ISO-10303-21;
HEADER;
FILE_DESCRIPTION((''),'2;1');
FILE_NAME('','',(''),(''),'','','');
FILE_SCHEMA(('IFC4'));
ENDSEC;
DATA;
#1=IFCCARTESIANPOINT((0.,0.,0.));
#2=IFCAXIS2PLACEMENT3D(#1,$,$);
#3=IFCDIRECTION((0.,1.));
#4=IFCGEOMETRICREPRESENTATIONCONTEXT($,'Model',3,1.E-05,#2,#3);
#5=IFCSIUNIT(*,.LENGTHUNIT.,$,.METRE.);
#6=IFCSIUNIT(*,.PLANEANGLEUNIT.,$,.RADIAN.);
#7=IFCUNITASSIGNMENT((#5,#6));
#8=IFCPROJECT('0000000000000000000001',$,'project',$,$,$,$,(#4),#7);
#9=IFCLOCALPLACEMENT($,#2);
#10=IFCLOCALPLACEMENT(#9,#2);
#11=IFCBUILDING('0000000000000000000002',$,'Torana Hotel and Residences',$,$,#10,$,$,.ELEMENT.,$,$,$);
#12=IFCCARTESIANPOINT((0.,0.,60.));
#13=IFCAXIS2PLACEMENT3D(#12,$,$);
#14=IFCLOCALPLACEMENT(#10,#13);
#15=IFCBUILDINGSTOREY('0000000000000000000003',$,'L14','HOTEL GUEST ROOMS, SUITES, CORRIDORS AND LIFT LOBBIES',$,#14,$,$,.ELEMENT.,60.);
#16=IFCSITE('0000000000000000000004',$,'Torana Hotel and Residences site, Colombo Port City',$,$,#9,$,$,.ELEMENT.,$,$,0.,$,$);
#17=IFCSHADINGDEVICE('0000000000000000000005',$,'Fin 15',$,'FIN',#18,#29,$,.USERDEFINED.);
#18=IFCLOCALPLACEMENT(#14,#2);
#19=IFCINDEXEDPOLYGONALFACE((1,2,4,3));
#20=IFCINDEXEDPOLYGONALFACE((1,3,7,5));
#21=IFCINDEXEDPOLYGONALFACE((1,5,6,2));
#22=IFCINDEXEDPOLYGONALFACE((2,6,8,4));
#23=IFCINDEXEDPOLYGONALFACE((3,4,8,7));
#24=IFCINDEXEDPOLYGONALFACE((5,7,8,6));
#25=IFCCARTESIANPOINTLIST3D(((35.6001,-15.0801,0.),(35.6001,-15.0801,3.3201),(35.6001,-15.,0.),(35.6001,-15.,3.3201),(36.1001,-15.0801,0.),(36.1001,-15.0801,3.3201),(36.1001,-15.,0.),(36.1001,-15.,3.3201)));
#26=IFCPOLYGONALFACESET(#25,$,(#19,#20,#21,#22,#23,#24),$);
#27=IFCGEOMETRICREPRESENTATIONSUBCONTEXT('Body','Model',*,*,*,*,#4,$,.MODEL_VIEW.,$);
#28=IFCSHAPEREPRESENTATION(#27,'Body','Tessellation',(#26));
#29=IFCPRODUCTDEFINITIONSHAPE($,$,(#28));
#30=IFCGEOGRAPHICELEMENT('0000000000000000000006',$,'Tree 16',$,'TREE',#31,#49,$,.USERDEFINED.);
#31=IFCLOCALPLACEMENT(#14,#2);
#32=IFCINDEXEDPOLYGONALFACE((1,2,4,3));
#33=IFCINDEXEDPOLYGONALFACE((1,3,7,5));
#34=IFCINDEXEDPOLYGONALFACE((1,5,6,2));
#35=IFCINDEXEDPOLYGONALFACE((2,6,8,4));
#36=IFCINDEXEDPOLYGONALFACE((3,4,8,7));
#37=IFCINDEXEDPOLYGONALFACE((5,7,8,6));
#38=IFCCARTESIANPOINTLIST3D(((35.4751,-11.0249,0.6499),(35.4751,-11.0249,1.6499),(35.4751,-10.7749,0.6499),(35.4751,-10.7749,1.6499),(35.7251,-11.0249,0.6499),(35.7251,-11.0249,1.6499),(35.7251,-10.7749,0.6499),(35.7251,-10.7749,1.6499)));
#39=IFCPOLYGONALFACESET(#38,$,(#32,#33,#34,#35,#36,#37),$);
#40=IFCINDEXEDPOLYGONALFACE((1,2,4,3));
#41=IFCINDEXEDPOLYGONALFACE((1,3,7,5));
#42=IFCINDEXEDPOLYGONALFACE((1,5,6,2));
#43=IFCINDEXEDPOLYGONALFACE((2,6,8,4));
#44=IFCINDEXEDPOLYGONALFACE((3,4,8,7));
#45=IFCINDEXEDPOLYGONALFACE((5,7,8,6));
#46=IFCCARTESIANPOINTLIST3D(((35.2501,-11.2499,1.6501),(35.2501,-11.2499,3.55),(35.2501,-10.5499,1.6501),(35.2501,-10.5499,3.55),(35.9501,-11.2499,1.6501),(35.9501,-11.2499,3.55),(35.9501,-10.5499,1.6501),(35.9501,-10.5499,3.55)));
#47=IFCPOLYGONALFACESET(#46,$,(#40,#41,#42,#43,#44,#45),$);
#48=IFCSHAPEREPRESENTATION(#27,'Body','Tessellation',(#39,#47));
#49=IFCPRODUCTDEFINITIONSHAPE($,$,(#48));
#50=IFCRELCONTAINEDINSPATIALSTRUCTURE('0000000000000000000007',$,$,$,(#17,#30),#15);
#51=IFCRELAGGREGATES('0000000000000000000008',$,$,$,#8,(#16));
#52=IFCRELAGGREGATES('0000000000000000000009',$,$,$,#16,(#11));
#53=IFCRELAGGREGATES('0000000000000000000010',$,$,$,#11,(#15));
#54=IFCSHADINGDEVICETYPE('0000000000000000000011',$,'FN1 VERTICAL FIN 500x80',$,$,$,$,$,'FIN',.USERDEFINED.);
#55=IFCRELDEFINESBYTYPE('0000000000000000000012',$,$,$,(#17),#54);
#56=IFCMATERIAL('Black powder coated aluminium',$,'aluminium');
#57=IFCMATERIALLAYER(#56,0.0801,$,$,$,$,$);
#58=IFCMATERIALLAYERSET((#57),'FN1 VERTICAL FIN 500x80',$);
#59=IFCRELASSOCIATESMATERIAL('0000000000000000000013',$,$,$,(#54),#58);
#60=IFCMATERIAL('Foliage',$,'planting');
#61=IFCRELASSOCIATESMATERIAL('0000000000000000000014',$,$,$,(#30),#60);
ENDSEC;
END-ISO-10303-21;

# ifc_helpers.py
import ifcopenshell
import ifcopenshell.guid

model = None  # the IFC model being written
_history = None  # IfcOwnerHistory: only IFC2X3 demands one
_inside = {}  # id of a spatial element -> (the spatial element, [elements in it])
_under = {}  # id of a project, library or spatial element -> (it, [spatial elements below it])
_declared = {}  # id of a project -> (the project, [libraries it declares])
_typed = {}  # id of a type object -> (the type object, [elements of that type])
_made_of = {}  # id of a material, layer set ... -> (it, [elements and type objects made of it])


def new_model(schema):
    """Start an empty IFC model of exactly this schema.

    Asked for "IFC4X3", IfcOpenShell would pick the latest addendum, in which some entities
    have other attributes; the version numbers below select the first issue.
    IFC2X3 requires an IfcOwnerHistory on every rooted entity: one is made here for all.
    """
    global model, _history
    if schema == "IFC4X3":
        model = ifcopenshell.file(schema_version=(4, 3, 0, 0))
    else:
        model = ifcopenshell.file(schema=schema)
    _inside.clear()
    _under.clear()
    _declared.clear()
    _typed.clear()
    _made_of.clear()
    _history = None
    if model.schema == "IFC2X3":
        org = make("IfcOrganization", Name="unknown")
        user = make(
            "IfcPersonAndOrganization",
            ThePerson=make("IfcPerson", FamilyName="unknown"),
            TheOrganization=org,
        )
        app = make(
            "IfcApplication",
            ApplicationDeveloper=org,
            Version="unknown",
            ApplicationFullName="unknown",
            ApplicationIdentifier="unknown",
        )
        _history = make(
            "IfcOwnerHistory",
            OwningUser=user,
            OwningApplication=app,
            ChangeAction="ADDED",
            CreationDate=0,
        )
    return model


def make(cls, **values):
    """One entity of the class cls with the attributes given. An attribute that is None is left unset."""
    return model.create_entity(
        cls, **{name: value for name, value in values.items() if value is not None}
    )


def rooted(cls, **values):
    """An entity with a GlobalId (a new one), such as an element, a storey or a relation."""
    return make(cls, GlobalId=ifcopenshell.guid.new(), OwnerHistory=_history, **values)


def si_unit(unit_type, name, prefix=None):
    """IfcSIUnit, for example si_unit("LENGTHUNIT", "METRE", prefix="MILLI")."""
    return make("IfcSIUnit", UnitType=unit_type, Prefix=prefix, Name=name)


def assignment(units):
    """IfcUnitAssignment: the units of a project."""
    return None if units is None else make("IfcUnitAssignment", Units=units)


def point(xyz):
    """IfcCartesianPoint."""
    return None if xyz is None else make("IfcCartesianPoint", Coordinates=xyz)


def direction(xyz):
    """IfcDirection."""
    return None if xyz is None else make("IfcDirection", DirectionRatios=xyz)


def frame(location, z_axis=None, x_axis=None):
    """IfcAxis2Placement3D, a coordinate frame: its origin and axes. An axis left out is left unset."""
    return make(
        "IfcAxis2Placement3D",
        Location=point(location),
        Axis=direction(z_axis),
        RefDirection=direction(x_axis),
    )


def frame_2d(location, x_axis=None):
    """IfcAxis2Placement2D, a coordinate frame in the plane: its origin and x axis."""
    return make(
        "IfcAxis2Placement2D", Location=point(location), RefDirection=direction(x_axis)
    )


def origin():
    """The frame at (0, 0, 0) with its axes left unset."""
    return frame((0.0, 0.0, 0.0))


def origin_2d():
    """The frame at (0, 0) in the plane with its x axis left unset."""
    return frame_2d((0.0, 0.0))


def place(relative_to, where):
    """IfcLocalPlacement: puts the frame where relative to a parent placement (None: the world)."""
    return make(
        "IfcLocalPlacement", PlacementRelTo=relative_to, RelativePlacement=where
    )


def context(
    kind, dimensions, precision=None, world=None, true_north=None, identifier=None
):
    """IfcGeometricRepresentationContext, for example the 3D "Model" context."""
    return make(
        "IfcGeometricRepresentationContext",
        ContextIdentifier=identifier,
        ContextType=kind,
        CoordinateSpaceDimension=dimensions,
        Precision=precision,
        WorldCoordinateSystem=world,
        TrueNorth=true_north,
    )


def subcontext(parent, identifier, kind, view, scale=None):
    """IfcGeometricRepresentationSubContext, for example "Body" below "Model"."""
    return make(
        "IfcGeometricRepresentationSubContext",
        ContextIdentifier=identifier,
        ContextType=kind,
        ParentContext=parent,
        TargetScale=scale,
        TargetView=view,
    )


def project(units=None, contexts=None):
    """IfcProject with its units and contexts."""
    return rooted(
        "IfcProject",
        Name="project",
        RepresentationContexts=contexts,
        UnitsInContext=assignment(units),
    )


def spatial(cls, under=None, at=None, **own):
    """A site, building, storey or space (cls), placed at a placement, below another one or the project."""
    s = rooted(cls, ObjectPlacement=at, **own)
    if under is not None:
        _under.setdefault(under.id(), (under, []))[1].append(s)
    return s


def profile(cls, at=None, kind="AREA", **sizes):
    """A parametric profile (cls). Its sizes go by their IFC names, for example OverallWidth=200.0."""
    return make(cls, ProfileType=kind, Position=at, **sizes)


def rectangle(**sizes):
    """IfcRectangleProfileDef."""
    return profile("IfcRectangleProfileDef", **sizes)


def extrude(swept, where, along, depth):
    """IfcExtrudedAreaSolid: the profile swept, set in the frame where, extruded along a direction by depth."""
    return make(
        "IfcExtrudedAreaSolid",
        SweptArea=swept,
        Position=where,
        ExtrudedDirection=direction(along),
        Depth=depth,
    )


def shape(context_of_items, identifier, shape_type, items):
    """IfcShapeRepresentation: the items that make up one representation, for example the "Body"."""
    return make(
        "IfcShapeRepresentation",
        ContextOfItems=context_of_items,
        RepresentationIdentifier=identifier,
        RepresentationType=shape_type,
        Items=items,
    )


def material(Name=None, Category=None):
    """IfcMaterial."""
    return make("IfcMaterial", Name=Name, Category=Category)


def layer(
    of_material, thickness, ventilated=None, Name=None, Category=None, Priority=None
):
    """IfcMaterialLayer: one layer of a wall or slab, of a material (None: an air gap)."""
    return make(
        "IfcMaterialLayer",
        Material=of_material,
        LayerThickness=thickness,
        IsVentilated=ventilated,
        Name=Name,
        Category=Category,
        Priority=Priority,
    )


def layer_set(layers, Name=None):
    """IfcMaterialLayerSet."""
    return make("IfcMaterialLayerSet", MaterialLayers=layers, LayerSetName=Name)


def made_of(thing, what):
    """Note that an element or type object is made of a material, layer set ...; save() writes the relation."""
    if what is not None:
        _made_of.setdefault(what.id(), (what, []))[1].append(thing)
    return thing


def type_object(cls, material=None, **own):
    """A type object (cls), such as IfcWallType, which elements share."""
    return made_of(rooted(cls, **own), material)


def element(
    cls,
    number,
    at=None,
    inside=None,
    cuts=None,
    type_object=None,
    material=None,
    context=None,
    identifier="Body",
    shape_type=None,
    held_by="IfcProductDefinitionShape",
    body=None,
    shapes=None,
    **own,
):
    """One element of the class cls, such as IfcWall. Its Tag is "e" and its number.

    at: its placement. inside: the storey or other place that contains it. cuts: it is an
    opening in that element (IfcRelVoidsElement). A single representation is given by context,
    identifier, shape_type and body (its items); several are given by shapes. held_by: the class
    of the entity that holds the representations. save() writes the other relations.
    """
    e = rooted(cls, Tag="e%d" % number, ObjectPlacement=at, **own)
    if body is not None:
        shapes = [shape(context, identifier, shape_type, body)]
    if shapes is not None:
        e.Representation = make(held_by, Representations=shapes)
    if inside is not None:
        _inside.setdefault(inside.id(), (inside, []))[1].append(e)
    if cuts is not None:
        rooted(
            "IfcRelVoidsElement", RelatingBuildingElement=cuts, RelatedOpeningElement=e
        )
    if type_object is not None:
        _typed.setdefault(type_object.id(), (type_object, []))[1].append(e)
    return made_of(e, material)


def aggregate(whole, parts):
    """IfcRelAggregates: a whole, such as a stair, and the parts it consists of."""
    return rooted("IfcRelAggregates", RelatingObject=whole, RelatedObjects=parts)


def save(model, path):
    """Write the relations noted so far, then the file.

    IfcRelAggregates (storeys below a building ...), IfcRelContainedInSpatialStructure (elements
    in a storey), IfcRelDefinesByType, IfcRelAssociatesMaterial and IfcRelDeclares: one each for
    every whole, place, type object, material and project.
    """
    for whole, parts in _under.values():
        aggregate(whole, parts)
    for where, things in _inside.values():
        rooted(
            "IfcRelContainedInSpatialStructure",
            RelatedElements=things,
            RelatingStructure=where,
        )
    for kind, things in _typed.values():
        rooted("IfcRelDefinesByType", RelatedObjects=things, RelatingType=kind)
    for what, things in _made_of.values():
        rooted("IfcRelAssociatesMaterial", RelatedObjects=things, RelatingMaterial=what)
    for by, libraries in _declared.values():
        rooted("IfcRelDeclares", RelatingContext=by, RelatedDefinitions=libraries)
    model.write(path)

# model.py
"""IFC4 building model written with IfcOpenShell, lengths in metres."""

from ifc_helpers import new_model, si_unit, direction, frame, origin, origin_2d, place, context, subcontext, project, spatial, rectangle, extrude, material, layer, layer_set, type_object, element, save


model = new_model("IFC4")

# Units and contexts
model_context = context("Model", 3, precision=1e-05, world=origin(), true_north=direction((0.0, 1.0)))
body_context = subcontext(model_context, "Body", "Model", "MODEL_VIEW")
ifc_project = project(units=[si_unit("LENGTHUNIT", "METRE"), si_unit("PLANEANGLEUNIT", "RADIAN")], contexts=[model_context])

# Site, building, storey
site_placement = place(None, origin())
site = spatial("IfcSite", under=ifc_project, at=site_placement, Name="Torana Hotel and Residences site, Colombo Port City", CompositionType="ELEMENT", RefElevation=0.0)
building_placement = place(site_placement, origin())
building = spatial("IfcBuilding", under=site, at=building_placement, Name="Torana Hotel and Residences", CompositionType="ELEMENT")
storey_placement = place(building_placement, frame((0.0, 0.0, 60.0)))
storey = spatial("IfcBuildingStorey", under=building, at=storey_placement, Name="L14", Description="HOTEL GUEST ROOMS, SUITES, CORRIDORS AND LIFT LOBBIES", CompositionType="ELEMENT", Elevation=60.0)

# Shading device
ifc_material_1 = material(Name="Black powder coated aluminium", Category="aluminium")
ifc_layer_1 = layer(ifc_material_1, 0.0801)
ifc_layer_set_1 = layer_set([ifc_layer_1], Name="FN1 VERTICAL FIN 500x80")
shading_device_type = type_object("IfcShadingDeviceType", Name="FN1 VERTICAL FIN 500x80", ElementType="FIN", PredefinedType="USERDEFINED", material=ifc_layer_set_1)
shading_device_placement = place(storey_placement, frame((35.8501, -15.04, 0.0), z_axis=(0.0, 0.0, 1.0), x_axis=(0.0, -1.0, 0.0)))
element("IfcShadingDevice", 1, at=shading_device_placement, inside=storey, type_object=shading_device_type, Name="Fin 15", ObjectType="FIN", PredefinedType="USERDEFINED", context=body_context, shape_type="SweptSolid", body=[
    extrude(rectangle(XDim=0.0801, YDim=0.5, at=origin_2d()), origin(), (0.0, 0.0, 1.0), 3.3201),
])

# Geographic element
ifc_material_2 = material(Name="Foliage", Category="planting")
geographic_element_placement = place(storey_placement, frame((35.6001, -10.8999, 0.6499), z_axis=(0.0, 0.0, 1.0), x_axis=(1.0, 0.0, 0.0)))
element("IfcGeographicElement", 2, at=geographic_element_placement, inside=storey, material=ifc_material_2, Name="Tree 16", ObjectType="TREE", PredefinedType="USERDEFINED", context=body_context, shape_type="SweptSolid", body=[
    extrude(rectangle(XDim=0.25, YDim=0.25, at=origin_2d()), origin(), (0.0, 0.0, 1.0), 1.0),
    extrude(rectangle(XDim=0.7, YDim=0.7, at=origin_2d()), frame((0.0, 0.0, 1.0002)), (0.0, 0.0, 1.0), 1.8999),
])

save(model, "model.ifc")
